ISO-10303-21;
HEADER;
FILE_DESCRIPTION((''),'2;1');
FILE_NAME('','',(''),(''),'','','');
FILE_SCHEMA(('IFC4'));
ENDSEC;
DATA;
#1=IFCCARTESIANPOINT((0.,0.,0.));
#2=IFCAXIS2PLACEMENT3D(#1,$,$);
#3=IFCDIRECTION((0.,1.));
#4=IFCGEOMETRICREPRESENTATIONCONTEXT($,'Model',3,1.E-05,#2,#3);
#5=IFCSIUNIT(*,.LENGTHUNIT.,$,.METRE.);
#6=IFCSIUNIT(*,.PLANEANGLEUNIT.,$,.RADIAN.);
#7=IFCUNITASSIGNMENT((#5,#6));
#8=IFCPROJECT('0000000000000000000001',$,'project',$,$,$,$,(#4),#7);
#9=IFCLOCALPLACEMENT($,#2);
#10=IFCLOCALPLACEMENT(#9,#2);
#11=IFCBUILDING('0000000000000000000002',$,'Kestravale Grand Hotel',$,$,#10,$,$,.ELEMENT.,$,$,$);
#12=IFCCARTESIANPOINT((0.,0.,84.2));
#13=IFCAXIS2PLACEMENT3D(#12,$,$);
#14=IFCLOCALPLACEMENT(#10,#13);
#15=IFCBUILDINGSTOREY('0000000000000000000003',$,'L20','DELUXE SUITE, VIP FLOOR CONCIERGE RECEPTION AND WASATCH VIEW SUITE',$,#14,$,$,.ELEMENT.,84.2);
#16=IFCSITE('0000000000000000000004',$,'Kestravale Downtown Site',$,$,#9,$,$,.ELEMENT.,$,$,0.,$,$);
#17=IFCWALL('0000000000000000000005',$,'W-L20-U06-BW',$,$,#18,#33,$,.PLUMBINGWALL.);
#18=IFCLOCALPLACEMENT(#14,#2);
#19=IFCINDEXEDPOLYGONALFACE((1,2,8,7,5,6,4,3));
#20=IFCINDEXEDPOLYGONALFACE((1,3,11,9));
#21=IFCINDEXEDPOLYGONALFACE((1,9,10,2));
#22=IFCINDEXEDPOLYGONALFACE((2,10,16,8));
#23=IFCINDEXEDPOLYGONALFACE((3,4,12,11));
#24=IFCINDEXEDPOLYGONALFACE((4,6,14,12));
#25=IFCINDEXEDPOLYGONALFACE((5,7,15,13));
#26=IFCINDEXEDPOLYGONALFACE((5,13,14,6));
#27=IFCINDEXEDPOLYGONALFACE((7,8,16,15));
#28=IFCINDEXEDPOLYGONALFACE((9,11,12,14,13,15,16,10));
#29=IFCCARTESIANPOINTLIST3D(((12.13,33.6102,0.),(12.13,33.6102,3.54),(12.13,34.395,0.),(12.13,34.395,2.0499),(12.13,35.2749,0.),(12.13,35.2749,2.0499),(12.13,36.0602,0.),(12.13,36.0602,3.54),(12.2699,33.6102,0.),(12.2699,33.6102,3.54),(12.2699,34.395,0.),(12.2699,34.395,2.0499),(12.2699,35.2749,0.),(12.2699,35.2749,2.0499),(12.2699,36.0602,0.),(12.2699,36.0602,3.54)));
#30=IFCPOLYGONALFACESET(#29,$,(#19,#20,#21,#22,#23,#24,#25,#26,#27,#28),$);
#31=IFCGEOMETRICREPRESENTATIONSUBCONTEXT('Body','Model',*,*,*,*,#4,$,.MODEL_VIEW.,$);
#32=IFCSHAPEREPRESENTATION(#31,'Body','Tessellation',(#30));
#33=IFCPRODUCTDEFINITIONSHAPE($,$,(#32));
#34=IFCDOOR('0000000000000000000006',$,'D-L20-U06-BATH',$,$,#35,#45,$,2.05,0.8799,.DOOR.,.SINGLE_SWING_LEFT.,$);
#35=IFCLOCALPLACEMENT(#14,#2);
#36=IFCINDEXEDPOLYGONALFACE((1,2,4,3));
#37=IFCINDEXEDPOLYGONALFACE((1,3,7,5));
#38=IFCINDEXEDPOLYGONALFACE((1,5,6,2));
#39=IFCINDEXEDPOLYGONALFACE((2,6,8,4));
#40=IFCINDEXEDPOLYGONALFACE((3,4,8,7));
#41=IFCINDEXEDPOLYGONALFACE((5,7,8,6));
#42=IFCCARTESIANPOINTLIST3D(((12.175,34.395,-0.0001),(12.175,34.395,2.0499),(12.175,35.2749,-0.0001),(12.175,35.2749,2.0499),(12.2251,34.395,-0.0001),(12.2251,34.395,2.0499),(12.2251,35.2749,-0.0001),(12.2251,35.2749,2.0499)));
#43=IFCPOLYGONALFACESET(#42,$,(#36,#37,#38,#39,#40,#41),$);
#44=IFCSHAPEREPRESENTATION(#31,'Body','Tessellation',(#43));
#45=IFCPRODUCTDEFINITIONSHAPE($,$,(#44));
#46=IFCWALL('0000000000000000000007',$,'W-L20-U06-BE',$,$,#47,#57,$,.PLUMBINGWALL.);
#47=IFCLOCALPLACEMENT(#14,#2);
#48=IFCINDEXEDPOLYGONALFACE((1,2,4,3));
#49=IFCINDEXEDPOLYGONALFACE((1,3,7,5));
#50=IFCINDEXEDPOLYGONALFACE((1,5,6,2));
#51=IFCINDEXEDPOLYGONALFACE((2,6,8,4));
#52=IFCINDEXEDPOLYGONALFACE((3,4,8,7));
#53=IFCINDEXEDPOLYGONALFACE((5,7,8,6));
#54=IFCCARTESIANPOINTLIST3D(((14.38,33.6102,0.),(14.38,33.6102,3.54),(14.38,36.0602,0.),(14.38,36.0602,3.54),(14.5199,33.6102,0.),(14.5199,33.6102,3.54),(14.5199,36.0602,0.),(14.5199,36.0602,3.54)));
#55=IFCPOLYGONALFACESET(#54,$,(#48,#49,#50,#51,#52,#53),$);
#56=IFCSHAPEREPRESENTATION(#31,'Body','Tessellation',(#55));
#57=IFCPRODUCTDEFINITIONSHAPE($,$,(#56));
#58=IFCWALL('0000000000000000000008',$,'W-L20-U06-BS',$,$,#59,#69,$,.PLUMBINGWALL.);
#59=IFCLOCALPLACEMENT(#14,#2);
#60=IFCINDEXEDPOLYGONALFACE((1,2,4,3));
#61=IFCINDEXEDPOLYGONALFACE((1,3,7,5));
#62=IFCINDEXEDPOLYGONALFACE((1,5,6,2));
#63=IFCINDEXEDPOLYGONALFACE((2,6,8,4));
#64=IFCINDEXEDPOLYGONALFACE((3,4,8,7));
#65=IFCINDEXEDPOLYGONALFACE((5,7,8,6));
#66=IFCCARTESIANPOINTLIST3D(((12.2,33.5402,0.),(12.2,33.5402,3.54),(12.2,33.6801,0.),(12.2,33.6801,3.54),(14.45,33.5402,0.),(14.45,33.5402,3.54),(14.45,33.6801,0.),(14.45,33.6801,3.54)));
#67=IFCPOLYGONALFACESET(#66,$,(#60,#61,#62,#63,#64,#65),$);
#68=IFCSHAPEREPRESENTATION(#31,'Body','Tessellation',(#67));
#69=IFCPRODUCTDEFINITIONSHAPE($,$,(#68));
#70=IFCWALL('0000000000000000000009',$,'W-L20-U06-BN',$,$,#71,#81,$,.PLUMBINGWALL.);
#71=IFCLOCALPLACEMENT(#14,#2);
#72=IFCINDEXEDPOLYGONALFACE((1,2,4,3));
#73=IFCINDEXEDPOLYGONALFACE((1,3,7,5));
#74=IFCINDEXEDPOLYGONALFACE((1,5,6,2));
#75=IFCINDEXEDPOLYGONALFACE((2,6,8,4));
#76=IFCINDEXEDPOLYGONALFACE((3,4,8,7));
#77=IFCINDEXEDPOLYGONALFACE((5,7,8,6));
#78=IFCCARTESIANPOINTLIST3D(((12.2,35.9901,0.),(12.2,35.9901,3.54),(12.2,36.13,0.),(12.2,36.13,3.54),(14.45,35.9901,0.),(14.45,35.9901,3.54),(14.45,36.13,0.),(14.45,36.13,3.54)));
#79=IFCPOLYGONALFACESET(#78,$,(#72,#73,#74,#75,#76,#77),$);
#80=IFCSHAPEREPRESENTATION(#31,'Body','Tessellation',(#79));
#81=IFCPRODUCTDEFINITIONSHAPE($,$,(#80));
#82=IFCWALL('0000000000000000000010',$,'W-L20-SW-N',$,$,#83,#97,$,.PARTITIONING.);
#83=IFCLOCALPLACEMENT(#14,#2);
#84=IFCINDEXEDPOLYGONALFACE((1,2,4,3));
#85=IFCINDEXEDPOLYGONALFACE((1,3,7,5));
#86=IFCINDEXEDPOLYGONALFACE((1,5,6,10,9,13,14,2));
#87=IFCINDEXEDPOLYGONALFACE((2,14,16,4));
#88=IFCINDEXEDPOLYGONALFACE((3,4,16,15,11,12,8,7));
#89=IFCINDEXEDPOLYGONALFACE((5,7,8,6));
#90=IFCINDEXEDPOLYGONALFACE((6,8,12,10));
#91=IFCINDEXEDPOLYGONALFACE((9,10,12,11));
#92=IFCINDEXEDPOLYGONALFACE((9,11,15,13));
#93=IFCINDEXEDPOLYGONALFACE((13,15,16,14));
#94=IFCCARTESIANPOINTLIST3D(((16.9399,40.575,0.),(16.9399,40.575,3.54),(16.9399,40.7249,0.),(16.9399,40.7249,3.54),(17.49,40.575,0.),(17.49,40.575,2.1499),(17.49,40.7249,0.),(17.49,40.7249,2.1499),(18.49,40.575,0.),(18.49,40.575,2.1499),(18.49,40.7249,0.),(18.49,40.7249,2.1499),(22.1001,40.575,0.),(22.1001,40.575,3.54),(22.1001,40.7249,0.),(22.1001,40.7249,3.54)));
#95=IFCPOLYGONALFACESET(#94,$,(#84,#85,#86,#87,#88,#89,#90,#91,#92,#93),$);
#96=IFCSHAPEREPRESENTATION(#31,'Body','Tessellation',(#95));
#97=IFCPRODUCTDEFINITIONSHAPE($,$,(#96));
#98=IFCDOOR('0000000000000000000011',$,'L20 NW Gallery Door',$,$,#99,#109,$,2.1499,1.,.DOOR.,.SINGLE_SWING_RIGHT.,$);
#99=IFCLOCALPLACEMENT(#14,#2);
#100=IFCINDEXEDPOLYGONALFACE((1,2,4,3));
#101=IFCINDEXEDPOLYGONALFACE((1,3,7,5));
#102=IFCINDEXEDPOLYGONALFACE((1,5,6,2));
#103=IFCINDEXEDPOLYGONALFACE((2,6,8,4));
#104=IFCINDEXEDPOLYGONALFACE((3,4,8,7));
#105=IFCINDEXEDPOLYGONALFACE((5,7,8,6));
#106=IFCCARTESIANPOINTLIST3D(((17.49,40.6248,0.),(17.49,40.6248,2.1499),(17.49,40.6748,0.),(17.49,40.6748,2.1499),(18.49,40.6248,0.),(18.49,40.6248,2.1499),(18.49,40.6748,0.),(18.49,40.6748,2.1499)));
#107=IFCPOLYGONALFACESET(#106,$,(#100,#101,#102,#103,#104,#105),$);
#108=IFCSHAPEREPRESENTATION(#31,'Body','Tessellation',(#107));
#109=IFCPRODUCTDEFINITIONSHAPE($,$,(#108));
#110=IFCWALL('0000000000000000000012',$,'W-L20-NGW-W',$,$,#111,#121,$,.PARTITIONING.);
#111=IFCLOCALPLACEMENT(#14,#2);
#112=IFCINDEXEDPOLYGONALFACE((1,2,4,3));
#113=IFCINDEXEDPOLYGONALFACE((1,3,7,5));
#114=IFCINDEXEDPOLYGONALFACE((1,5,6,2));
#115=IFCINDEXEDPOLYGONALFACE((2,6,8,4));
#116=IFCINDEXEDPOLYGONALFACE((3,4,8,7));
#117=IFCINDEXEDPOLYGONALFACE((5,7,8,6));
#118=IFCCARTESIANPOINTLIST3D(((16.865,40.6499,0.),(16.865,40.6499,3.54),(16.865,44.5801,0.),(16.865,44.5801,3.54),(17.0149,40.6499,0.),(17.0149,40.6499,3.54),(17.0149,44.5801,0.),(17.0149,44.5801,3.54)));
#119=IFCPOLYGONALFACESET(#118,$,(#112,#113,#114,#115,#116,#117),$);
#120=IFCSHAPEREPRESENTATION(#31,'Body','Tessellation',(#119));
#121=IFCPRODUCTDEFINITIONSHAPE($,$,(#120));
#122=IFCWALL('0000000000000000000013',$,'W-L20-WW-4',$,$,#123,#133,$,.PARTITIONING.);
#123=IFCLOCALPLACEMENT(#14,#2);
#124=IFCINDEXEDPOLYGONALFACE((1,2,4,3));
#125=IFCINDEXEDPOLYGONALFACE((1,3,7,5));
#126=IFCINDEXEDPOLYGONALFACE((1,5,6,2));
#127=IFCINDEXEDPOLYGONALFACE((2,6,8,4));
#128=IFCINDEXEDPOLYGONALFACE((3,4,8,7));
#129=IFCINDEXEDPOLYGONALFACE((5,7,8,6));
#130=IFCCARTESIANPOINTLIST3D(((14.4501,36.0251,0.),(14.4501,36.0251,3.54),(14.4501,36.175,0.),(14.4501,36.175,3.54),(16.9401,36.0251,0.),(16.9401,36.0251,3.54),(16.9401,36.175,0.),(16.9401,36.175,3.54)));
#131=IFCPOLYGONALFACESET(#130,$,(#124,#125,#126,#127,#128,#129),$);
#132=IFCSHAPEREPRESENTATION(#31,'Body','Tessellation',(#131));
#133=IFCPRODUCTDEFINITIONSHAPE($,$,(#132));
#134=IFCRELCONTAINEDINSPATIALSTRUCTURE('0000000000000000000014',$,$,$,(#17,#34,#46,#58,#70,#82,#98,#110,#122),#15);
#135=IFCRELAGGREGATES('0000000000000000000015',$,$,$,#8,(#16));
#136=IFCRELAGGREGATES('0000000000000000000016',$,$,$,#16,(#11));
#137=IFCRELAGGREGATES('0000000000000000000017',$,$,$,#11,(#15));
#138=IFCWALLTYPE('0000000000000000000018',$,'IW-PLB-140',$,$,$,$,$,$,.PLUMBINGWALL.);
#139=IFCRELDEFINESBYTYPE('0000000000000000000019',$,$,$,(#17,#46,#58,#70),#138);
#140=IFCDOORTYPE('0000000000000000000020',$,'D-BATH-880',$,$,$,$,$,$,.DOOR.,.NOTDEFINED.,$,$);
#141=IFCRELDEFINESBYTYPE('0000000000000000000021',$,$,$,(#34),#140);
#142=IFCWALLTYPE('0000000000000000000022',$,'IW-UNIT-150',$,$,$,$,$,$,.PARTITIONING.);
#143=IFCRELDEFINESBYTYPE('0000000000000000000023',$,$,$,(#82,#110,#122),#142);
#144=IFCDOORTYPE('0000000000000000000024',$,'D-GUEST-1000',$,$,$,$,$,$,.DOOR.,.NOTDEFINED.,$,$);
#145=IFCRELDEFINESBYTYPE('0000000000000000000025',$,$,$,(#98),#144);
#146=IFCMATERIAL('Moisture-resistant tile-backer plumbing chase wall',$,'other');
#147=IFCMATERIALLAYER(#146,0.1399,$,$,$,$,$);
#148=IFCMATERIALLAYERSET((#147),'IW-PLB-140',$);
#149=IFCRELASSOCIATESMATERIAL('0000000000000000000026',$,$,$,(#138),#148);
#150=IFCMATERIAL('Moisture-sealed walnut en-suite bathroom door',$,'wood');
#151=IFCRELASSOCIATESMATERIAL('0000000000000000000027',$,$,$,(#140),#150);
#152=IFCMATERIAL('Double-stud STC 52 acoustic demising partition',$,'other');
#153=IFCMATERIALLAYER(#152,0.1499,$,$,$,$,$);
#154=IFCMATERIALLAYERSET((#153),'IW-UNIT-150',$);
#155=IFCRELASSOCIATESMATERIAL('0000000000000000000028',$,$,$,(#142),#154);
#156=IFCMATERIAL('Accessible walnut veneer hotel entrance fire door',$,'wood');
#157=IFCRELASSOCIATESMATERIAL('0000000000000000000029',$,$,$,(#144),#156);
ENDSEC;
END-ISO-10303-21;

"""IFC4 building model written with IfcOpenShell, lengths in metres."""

from ifc_helpers import new_model, si_unit, direction, frame, frame_2d, origin, place, context, subcontext, project, spatial, rectangle, extrude, material, layer, layer_set, type_object, element, fill, save


model = new_model("IFC4")

# Units and contexts
model_context = context("Model", 3, precision=1e-05, world=origin(), true_north=direction((0.0, 1.0)))
body_context = subcontext(model_context, "Body", "Model", "MODEL_VIEW")
ifc_project = project(units=[si_unit("LENGTHUNIT", "METRE"), si_unit("PLANEANGLEUNIT", "RADIAN")], contexts=[model_context])

# Site, building, storey
site_placement = place(None, origin())
site = spatial("IfcSite", under=ifc_project, at=site_placement, Name="Kestravale Downtown Site", CompositionType="ELEMENT", RefElevation=0.0)
building_placement = place(site_placement, origin())
building = spatial("IfcBuilding", under=site, at=building_placement, Name="Kestravale Grand Hotel", CompositionType="ELEMENT")
storey_placement = place(building_placement, frame((0.0, 0.0, 84.2)))
storey = spatial("IfcBuildingStorey", under=building, at=storey_placement, Name="L20", Description="DELUXE SUITE, VIP FLOOR CONCIERGE RECEPTION AND WASATCH VIEW SUITE", CompositionType="ELEMENT", Elevation=84.2)

# Wall, opening, door
ifc_material_1 = material(Name="Moisture-resistant tile-backer plumbing chase wall", Category="other")
ifc_layer_1 = layer(ifc_material_1, 0.1399)
ifc_layer_set_1 = layer_set([ifc_layer_1], Name="IW-PLB-140")
wall_type_1 = type_object("IfcWallType", Name="IW-PLB-140", PredefinedType="PLUMBINGWALL", material=ifc_layer_set_1)
wall_1_placement = place(storey_placement, frame((12.2, 33.6101, 0.0), z_axis=(0.0, 0.0, 1.0), x_axis=(0.0, 1.0, 0.0)))
wall_1 = element("IfcWall", 1, at=wall_1_placement, inside=storey, type_object=wall_type_1, Name="W-L20-U06-BW", PredefinedType="PLUMBINGWALL", context=body_context, shape_type="SweptSolid", body=[
    extrude(rectangle(XDim=2.45, YDim=0.1399, at=frame_2d((1.2251, 0.0))), origin(), (0.0, 0.0, 1.0), 3.54),
])
opening_1_placement = place(wall_1_placement, frame((0.7849, 0.0, 0.0)))
opening_1 = element("IfcOpeningElement", 2, at=opening_1_placement, cuts=wall_1, PredefinedType="OPENING", context=body_context, shape_type="SweptSolid", body=[
    extrude(rectangle(XDim=0.8799, YDim=2.05, at=frame_2d((0.4399, 1.0249))), frame((0.0, 0.0798, 0.0), z_axis=(0.0, -1.0, 0.0), x_axis=(1.0, 0.0, 0.0)), (0.0, 0.0, 1.0), 0.1599),
])
ifc_material_2 = material(Name="Moisture-sealed walnut en-suite bathroom door", Category="wood")
door_type_1 = type_object("IfcDoorType", Name="D-BATH-880", OperationType="NOTDEFINED", PredefinedType="DOOR", material=ifc_material_2)
door_1_placement = place(opening_1_placement, origin())
door_1 = element("IfcDoor", 3, at=door_1_placement, inside=storey, type_object=door_type_1, Name="D-L20-U06-BATH", OperationType="SINGLE_SWING_LEFT", OverallHeight=2.05, OverallWidth=0.8799, PredefinedType="DOOR", context=body_context, shape_type="SweptSolid", body=[
    extrude(rectangle(XDim=0.8799, YDim=2.05, at=frame_2d((0.4399, 1.0249))), frame((0.0, 0.0249, 0.0), z_axis=(0.0, -1.0, 0.0), x_axis=(1.0, 0.0, 0.0)), (0.0, 0.0, 1.0), 0.05),
])
fill(opening_1, door_1)

# Walls
wall_2_placement = place(storey_placement, frame((14.45, 33.6101, 0.0), z_axis=(0.0, 0.0, 1.0), x_axis=(0.0, 1.0, 0.0)))
element("IfcWall", 4, at=wall_2_placement, inside=storey, type_object=wall_type_1, Name="W-L20-U06-BE", PredefinedType="PLUMBINGWALL", context=body_context, shape_type="SweptSolid", body=[
    extrude(rectangle(XDim=2.45, YDim=0.1399, at=frame_2d((1.2251, 0.0))), origin(), (0.0, 0.0, 1.0), 3.54),
])
for number, where, z_axis, x_axis, name in (
    (5, (12.2, 33.6101, 0.0), (0.0, 0.0, 1.0), (1.0, 0.0, 0.0), "W-L20-U06-BS"),
    (6, (12.2, 36.0601, 0.0), (0.0, 0.0, 1.0), (1.0, 0.0, 0.0), "W-L20-U06-BN"),
):
    element("IfcWall", number, at=place(storey_placement, frame(where, z_axis=z_axis, x_axis=x_axis)), inside=storey, type_object=wall_type_1, Name=name, PredefinedType="PLUMBINGWALL", context=body_context, shape_type="SweptSolid", body=[
        extrude(rectangle(XDim=2.25, YDim=0.1399, at=frame_2d((1.125, 0.0))), origin(), (0.0, 0.0, 1.0), 3.54),
    ])

# Wall, opening, door
ifc_material_3 = material(Name="Double-stud STC 52 acoustic demising partition", Category="other")
ifc_layer_2 = layer(ifc_material_3, 0.1499)
ifc_layer_set_2 = layer_set([ifc_layer_2], Name="IW-UNIT-150")
wall_type_2 = type_object("IfcWallType", Name="IW-UNIT-150", PredefinedType="PARTITIONING", material=ifc_layer_set_2)
wall_3_placement = place(storey_placement, frame((16.9399, 40.6499, 0.0), z_axis=(0.0, 0.0, 1.0), x_axis=(1.0, 0.0, 0.0)))
wall_3 = element("IfcWall", 7, at=wall_3_placement, inside=storey, type_object=wall_type_2, Name="W-L20-SW-N", PredefinedType="PARTITIONING", context=body_context, shape_type="SweptSolid", body=[
    extrude(rectangle(XDim=5.1602, YDim=0.1499, at=frame_2d((2.5801, 0.0))), origin(), (0.0, 0.0, 1.0), 3.54),
])
opening_2_placement = place(wall_3_placement, frame((0.55, 0.0, 0.0)))
opening_2 = element("IfcOpeningElement", 8, at=opening_2_placement, cuts=wall_3, PredefinedType="OPENING", context=body_context, shape_type="SweptSolid", body=[
    extrude(rectangle(XDim=1.0, YDim=2.1499, at=frame_2d((0.5, 1.075))), frame((0.0, 0.085, 0.0), z_axis=(0.0, -1.0, 0.0), x_axis=(1.0, 0.0, 0.0)), (0.0, 0.0, 1.0), 0.1699),
])
ifc_material_4 = material(Name="Accessible walnut veneer hotel entrance fire door", Category="wood")
door_type_2 = type_object("IfcDoorType", Name="D-GUEST-1000", OperationType="NOTDEFINED", PredefinedType="DOOR", material=ifc_material_4)
door_2_placement = place(opening_2_placement, origin())
door_2 = element("IfcDoor", 9, at=door_2_placement, inside=storey, type_object=door_type_2, Name="L20 NW Gallery Door", OperationType="SINGLE_SWING_RIGHT", OverallHeight=2.1499, OverallWidth=1.0, PredefinedType="DOOR", context=body_context, shape_type="SweptSolid", body=[
    extrude(rectangle(XDim=1.0, YDim=2.1499, at=frame_2d((0.5, 1.075))), frame((0.0, 0.0249, 0.0), z_axis=(0.0, -1.0, 0.0), x_axis=(1.0, 0.0, 0.0)), (0.0, 0.0, 1.0), 0.05),
])
fill(opening_2, door_2)

# Walls
wall_4_placement = place(storey_placement, frame((16.9399, 40.6499, 0.0), z_axis=(0.0, 0.0, 1.0), x_axis=(0.0, 1.0, 0.0)))
element("IfcWall", 10, at=wall_4_placement, inside=storey, type_object=wall_type_2, Name="W-L20-NGW-W", PredefinedType="PARTITIONING", context=body_context, shape_type="SweptSolid", body=[
    extrude(rectangle(XDim=3.9302, YDim=0.1499, at=frame_2d((1.9651, 0.0))), origin(), (0.0, 0.0, 1.0), 3.54),
])
wall_5_placement = place(storey_placement, frame((14.45, 36.1001, 0.0), z_axis=(0.0, 0.0, 1.0), x_axis=(1.0, 0.0, 0.0)))
element("IfcWall", 11, at=wall_5_placement, inside=storey, type_object=wall_type_2, Name="W-L20-WW-4", PredefinedType="PARTITIONING", context=body_context, shape_type="SweptSolid", body=[
    extrude(rectangle(XDim=2.49, YDim=0.1499, at=frame_2d((1.2451, 0.0))), origin(), (0.0, 0.0, 1.0), 3.54),
])

save(model, "model.ifc")
